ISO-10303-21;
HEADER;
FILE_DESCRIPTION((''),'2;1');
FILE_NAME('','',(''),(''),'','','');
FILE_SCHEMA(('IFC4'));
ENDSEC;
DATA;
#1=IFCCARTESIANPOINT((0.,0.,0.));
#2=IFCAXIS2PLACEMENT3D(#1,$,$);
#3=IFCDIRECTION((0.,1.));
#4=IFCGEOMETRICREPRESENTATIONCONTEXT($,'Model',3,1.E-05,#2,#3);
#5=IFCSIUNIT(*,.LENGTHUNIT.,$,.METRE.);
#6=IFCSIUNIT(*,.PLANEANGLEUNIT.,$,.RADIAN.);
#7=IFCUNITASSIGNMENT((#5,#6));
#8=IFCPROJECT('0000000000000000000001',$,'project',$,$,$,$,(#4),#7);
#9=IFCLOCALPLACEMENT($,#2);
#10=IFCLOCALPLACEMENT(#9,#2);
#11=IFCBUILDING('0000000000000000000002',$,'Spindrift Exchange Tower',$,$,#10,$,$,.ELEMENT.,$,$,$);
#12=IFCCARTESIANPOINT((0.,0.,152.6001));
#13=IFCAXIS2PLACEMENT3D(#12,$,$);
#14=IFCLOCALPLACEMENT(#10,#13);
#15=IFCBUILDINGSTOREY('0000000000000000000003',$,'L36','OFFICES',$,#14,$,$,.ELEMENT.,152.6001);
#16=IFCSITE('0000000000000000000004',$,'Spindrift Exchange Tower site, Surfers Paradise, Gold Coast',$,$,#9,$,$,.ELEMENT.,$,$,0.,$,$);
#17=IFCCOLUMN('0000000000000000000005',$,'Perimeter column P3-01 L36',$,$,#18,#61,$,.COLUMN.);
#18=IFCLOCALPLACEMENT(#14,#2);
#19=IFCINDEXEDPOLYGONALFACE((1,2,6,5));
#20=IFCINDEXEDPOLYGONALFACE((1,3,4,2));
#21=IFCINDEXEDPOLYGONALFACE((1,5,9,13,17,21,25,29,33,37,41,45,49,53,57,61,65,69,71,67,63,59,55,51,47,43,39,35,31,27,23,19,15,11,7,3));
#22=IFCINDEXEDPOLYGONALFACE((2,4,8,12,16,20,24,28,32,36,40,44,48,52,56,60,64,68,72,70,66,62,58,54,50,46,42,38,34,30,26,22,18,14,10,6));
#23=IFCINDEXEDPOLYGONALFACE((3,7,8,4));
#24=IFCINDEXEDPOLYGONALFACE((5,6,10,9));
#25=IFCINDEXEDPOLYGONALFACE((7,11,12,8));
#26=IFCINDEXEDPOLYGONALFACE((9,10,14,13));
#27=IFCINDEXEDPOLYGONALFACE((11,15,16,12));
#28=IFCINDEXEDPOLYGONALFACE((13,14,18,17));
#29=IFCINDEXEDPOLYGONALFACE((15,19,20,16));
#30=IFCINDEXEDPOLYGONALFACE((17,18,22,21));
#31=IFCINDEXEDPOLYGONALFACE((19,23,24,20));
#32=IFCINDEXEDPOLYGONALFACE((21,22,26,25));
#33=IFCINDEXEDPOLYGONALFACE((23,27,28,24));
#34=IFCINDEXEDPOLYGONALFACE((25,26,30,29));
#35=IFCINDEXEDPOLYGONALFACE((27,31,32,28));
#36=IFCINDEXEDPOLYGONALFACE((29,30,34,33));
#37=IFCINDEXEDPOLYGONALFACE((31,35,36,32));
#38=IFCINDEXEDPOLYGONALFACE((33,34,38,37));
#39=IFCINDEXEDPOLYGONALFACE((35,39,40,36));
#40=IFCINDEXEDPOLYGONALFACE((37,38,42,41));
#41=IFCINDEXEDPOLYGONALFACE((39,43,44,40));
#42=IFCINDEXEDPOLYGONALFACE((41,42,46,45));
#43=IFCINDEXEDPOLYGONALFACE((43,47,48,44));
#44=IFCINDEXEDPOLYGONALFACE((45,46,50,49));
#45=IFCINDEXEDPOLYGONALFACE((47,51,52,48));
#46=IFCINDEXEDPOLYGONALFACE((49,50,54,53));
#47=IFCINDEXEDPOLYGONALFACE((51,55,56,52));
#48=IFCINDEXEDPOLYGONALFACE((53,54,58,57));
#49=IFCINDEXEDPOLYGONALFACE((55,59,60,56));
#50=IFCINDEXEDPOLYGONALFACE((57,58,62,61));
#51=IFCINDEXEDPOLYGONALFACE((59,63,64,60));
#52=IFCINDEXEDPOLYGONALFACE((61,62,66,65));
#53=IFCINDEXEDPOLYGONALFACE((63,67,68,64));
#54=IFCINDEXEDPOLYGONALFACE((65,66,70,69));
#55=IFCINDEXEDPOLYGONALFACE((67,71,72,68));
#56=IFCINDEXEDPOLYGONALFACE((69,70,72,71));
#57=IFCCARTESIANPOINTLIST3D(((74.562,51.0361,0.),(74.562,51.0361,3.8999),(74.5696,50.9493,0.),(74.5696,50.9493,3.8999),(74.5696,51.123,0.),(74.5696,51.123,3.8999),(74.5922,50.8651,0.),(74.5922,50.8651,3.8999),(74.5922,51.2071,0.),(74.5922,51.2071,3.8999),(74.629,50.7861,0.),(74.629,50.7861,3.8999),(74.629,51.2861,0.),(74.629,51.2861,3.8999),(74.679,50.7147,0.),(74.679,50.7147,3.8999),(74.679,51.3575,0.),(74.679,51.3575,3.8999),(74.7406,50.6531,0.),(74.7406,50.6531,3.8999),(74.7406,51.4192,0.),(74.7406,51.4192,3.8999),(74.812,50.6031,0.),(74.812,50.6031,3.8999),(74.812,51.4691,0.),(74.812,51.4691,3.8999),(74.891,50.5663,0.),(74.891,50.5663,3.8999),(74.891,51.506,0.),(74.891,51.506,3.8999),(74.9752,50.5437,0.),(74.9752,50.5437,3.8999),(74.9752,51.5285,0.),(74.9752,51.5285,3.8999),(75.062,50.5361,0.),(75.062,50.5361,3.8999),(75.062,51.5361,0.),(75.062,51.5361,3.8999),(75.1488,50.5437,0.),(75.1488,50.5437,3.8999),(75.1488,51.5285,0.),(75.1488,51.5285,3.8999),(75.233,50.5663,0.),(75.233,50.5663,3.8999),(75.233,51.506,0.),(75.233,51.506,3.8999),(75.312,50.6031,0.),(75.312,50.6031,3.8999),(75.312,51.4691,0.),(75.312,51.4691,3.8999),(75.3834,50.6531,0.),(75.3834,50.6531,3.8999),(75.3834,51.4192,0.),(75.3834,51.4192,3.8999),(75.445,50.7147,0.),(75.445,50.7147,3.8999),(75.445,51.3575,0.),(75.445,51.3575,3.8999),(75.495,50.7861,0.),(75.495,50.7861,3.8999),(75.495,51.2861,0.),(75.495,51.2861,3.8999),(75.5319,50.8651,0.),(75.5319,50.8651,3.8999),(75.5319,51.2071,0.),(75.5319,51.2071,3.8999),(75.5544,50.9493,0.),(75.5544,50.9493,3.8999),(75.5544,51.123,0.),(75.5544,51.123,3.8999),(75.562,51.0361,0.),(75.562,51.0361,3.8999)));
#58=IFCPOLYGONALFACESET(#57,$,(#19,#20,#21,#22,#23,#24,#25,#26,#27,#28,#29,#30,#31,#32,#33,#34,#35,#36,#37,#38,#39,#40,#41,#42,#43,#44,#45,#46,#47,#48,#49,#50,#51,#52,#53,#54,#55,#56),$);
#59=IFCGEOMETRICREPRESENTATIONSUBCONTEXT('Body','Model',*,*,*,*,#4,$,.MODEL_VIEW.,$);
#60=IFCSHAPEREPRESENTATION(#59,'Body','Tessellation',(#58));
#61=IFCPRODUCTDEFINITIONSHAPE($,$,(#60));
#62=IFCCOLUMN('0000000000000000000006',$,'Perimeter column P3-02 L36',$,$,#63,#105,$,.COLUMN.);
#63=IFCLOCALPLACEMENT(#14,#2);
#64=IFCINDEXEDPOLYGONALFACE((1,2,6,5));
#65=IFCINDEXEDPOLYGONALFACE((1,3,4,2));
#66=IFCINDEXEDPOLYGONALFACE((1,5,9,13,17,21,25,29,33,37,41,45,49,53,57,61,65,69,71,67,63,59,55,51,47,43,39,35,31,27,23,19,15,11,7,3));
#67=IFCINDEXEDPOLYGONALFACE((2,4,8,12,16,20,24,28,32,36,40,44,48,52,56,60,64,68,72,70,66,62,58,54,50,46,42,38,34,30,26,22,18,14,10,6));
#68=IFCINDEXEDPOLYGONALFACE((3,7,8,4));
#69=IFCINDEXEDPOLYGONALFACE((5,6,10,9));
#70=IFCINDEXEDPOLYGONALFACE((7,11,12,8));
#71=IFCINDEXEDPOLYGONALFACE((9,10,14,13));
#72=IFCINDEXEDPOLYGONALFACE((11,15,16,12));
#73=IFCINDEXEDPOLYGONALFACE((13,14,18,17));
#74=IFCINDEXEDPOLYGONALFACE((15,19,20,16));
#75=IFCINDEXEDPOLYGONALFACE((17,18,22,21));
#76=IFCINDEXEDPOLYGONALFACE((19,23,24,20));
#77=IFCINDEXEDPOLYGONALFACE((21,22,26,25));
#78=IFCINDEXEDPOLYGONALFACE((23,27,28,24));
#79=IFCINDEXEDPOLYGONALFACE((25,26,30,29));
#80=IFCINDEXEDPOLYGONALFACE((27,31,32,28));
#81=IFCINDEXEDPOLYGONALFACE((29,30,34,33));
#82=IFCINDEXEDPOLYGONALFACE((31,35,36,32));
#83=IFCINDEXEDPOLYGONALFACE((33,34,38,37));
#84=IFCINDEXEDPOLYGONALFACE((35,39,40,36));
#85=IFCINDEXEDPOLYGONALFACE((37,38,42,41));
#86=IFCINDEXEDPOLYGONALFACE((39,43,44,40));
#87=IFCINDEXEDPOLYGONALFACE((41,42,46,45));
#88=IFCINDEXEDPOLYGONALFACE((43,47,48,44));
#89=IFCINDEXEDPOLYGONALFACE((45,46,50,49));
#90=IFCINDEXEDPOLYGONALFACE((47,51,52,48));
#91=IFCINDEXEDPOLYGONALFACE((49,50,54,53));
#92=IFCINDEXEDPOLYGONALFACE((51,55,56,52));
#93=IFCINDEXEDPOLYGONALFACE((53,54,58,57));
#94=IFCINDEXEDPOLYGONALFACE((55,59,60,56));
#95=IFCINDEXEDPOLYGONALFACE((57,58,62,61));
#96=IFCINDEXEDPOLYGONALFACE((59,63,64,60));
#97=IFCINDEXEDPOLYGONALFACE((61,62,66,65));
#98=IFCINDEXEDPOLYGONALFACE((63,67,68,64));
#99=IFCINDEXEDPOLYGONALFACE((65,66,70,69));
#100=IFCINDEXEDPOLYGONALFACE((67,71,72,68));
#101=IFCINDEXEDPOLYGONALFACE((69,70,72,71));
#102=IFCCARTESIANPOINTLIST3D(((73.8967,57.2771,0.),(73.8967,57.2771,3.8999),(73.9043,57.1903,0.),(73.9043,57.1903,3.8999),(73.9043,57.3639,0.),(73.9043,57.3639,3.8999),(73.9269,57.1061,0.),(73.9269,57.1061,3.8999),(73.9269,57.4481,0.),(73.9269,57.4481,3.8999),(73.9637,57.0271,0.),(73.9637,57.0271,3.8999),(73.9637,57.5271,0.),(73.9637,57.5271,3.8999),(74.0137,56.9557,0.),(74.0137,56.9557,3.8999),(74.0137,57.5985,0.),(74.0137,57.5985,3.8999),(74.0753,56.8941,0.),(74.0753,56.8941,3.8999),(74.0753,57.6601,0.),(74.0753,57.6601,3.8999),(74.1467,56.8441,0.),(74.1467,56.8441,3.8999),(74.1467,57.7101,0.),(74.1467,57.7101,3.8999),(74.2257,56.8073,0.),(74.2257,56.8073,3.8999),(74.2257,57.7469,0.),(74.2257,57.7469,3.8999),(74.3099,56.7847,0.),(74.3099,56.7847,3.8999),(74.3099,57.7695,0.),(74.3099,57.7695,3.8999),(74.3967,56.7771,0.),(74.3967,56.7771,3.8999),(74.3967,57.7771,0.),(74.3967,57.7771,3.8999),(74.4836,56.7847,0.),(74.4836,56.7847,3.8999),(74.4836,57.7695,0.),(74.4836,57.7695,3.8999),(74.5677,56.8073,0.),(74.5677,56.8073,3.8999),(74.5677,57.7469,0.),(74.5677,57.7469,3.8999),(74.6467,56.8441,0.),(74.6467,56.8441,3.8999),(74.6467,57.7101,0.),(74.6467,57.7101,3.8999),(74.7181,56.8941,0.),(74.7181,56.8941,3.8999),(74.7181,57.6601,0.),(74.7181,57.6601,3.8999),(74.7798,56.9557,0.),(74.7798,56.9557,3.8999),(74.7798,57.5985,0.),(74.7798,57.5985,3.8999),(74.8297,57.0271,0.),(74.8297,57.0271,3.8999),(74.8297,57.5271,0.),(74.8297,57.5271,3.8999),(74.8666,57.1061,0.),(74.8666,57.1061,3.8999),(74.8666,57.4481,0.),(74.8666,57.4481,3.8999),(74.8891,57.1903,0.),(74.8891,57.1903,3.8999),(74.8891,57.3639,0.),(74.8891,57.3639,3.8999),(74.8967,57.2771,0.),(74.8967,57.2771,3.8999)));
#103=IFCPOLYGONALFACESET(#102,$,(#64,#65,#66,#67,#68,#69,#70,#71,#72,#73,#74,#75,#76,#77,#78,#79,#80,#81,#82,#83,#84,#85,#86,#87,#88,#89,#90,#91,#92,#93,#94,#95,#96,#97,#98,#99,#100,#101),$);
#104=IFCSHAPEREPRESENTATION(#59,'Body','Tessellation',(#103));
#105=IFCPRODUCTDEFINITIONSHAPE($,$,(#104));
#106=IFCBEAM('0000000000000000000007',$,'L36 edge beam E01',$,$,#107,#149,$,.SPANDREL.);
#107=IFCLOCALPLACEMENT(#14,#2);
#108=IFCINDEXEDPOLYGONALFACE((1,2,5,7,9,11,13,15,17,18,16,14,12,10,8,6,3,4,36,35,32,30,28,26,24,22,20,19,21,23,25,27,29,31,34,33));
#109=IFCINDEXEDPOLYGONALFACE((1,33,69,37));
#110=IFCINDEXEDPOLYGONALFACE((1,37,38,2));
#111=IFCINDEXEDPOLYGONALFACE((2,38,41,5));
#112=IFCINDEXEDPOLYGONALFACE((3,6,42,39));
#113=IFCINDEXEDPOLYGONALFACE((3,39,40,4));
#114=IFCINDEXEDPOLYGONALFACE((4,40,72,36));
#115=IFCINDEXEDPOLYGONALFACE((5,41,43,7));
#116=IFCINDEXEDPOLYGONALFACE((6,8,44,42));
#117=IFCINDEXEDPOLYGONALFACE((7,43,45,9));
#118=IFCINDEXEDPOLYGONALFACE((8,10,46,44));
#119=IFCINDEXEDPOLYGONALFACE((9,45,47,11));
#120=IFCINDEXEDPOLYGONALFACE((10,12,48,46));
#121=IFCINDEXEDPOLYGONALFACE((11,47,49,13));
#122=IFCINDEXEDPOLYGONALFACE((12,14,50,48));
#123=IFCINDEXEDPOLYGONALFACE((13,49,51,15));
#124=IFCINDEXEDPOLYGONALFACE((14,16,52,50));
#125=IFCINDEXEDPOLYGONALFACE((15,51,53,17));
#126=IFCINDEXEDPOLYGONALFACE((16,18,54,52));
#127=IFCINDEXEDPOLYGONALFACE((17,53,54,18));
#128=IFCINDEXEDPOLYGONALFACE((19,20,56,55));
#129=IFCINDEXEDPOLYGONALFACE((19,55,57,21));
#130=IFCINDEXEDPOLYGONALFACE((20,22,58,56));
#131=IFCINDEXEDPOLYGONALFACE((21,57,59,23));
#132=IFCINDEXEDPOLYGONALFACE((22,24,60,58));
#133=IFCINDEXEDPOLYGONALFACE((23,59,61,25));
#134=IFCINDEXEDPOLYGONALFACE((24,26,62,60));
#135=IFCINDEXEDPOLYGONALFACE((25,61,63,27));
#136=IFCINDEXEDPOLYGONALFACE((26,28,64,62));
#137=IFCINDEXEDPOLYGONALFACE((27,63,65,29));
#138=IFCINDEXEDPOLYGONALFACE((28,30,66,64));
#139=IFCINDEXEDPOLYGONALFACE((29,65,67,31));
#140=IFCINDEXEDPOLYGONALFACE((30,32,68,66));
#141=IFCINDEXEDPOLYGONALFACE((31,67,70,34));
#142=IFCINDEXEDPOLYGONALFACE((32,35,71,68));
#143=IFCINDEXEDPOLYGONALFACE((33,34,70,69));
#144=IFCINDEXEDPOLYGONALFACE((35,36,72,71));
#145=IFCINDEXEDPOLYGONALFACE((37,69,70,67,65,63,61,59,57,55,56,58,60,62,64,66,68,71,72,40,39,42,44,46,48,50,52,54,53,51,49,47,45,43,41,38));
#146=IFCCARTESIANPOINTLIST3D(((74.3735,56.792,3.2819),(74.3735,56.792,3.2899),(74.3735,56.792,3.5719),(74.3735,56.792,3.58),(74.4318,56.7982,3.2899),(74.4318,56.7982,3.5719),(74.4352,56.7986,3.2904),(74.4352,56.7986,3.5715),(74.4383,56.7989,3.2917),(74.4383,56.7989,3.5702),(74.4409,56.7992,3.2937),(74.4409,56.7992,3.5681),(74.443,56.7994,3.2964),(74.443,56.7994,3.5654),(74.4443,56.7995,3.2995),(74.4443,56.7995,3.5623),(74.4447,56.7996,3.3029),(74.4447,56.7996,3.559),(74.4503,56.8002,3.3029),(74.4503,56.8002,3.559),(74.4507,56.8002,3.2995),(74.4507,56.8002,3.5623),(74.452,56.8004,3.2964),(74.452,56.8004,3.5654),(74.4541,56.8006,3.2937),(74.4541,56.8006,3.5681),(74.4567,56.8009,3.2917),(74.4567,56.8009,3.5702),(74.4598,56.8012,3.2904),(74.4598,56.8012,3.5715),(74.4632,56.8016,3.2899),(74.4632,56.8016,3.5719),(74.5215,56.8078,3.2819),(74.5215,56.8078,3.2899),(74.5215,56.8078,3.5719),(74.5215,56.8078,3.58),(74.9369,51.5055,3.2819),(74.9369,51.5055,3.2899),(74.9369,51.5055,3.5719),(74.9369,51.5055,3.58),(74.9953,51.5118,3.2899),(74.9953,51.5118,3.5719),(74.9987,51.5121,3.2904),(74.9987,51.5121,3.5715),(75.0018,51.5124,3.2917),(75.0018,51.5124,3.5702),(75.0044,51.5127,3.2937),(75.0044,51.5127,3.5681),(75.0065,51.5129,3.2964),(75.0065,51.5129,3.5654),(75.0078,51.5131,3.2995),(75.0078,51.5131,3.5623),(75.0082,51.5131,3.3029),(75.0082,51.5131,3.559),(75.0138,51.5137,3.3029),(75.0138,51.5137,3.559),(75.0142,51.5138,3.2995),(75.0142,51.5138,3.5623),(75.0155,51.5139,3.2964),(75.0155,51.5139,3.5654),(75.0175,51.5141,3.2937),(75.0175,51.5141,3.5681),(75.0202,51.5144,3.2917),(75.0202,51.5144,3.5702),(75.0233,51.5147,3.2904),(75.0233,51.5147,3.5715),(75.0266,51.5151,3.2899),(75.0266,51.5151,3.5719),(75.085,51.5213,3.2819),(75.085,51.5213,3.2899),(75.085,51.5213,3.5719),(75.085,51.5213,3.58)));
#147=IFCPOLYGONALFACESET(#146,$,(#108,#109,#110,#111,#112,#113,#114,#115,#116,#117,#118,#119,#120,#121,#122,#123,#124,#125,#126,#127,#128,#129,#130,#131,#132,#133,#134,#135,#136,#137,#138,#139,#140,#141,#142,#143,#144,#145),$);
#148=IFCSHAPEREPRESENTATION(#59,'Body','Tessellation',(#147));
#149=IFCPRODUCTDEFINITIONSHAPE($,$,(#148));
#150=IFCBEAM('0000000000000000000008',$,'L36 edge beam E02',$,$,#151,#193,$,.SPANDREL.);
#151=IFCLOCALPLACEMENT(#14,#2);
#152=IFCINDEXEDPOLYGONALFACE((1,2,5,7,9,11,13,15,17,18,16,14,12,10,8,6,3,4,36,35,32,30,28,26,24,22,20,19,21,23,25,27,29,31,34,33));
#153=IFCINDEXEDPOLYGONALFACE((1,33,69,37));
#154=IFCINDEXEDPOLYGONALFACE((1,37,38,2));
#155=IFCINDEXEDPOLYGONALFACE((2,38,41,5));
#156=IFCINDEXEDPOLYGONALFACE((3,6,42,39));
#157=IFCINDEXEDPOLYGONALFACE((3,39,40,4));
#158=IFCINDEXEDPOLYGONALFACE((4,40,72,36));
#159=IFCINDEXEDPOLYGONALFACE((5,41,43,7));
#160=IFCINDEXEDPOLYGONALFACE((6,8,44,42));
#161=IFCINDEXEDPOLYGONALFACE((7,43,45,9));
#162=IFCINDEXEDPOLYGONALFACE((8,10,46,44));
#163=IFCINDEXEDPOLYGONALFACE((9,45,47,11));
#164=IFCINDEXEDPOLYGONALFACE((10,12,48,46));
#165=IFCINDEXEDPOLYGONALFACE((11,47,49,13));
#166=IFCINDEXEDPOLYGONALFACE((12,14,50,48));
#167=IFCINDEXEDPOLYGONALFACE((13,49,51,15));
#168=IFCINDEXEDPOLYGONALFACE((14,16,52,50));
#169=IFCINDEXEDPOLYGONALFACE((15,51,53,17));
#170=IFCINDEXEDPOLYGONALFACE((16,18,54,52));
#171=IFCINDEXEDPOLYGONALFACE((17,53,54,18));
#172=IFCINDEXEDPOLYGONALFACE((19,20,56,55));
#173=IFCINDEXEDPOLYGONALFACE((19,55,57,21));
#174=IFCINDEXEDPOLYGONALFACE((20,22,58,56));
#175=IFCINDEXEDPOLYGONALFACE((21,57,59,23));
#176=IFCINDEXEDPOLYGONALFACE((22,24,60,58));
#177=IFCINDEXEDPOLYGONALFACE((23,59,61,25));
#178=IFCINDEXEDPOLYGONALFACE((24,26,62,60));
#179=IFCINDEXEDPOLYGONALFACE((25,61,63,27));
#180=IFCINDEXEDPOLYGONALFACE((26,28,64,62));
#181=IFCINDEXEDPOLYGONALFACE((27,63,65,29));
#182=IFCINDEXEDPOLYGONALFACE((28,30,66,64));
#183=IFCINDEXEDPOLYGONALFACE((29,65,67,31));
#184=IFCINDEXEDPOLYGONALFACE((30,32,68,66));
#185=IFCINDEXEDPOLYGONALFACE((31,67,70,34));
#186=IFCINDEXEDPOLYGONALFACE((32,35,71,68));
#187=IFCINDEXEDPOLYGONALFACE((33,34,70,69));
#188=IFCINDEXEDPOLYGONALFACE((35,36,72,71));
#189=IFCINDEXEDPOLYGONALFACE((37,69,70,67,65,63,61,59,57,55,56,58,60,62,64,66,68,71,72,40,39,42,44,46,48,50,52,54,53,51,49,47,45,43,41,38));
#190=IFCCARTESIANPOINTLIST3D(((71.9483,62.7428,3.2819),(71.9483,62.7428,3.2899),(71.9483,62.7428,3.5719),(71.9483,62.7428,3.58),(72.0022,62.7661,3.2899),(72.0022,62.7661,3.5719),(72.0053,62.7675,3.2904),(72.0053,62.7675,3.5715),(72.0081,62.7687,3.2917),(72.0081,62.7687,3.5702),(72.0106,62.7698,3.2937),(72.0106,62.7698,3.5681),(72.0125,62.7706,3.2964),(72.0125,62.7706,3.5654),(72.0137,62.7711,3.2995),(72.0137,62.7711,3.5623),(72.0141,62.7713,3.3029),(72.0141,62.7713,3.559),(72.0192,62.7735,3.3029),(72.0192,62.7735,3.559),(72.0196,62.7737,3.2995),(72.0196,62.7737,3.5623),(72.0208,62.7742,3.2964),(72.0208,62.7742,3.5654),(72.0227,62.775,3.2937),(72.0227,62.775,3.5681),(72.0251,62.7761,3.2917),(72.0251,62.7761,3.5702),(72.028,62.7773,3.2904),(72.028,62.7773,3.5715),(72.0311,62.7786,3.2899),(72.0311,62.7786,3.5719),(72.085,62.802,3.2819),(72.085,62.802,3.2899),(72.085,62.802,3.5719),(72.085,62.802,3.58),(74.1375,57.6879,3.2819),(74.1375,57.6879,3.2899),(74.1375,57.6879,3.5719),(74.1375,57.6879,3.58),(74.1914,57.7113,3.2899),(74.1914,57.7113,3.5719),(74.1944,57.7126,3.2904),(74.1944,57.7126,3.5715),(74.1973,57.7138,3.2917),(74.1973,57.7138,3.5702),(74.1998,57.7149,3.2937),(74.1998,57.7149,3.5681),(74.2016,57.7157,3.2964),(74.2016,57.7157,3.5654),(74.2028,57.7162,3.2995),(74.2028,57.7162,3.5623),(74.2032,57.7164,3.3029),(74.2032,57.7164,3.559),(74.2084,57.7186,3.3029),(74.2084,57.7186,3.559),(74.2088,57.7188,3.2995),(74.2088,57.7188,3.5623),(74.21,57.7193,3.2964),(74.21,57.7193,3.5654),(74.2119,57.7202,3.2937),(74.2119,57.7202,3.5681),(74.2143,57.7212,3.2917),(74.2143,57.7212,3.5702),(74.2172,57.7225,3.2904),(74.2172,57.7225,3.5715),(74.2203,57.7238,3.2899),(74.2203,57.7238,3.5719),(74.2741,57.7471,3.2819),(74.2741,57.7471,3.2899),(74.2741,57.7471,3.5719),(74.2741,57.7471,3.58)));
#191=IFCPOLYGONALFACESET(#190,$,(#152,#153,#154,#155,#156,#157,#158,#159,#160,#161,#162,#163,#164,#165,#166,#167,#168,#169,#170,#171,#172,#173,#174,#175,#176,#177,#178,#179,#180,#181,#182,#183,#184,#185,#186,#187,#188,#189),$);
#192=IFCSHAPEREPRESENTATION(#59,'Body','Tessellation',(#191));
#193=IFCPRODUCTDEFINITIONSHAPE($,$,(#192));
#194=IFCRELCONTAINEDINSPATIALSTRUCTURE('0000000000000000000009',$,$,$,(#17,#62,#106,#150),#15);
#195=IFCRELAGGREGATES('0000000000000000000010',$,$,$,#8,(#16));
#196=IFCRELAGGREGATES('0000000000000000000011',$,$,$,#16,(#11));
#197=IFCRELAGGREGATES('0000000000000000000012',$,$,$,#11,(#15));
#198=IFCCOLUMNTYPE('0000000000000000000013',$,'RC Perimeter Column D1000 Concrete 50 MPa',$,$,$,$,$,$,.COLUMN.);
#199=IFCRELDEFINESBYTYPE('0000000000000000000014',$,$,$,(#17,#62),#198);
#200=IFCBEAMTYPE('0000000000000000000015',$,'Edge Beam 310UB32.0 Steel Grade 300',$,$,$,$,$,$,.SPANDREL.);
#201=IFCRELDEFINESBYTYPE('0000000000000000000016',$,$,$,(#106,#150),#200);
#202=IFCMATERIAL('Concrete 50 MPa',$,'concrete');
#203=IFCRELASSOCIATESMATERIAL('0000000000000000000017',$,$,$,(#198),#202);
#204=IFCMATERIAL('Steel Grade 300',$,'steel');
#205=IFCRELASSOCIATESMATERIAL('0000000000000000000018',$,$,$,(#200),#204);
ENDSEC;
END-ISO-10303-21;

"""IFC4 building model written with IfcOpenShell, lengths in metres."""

from ifc_helpers import new_model, si_unit, direction, frame, origin, origin_2d, place, context, subcontext, project, spatial, circle, i_section, extrude, source, transform, mapped, material, material_profile, profile_set, type_object, element, save


model = new_model("IFC4")

# Units and contexts
model_context = context("Model", 3, precision=1e-05, world=origin(), true_north=direction((0.0, 1.0)))
body_context = subcontext(model_context, "Body", "Model", "MODEL_VIEW")
ifc_project = project(units=[si_unit("LENGTHUNIT", "METRE"), si_unit("PLANEANGLEUNIT", "RADIAN")], contexts=[model_context])

# Site, building, storey
site_placement = place(None, origin())
site = spatial("IfcSite", under=ifc_project, at=site_placement, Name="Spindrift Exchange Tower site, Surfers Paradise, Gold Coast", CompositionType="ELEMENT", RefElevation=0.0)
building_placement = place(site_placement, origin())
building = spatial("IfcBuilding", under=site, at=building_placement, Name="Spindrift Exchange Tower", CompositionType="ELEMENT")
storey_placement = place(building_placement, frame((0.0, 0.0, 152.6001)))
storey = spatial("IfcBuildingStorey", under=building, at=storey_placement, Name="L36", Description="OFFICES", CompositionType="ELEMENT", Elevation=152.6001)

# Columns
ifc_material_1 = material(Name="Concrete 50 MPa", Category="concrete")
ifc_material_profile_1 = material_profile(ifc_material_1, circle(Radius=0.5, at=origin_2d()), Name="RC D1000")
ifc_profile_set_1 = profile_set([ifc_material_profile_1], Name="Concrete 50 MPa")
column_type = type_object("IfcColumnType", Name="RC Perimeter Column D1000 Concrete 50 MPa", PredefinedType="COLUMN", material=ifc_profile_set_1)
shared_shape_1 = source(origin(), body_context, "Body", "SweptSolid", [
    extrude(circle(Radius=0.5, at=origin_2d()), origin(), (0.0, 0.0, 1.0), 3.8999),
])
for number, where, z_axis, x_axis, name in (
    (1, (75.062, 51.0361, 0.0), (0.0, 0.0, 1.0), (1.0, 0.0, 0.0), "Perimeter column P3-01 L36"),
    (2, (74.3967, 57.2771, 0.0), (0.0, 0.0, 1.0), (1.0, 0.0, 0.0), "Perimeter column P3-02 L36"),
):
    element("IfcColumn", number, at=place(storey_placement, frame(where, z_axis=z_axis, x_axis=x_axis)), inside=storey, type_object=column_type, Name=name, PredefinedType="COLUMN", context=body_context, shape_type="MappedRepresentation", body=[
        mapped(shared_shape_1, transform((0.0, 0.0, 0.0), scale=1.0)),
    ])

# Beams
ifc_material_2 = material(Name="Steel Grade 300", Category="steel")
ifc_material_profile_2 = material_profile(ifc_material_2, i_section(OverallWidth=0.1489, OverallDepth=0.2981, WebThickness=0.0056, FlangeThickness=0.0081, FilletRadius=0.0129, at=origin_2d()), Name="310UB32.0")
ifc_profile_set_2 = profile_set([ifc_material_profile_2], Name="Steel Grade 300")
beam_type_1 = type_object("IfcBeamType", Name="Edge Beam 310UB32.0 Steel Grade 300", PredefinedType="SPANDREL", material=ifc_profile_set_2)
shared_shape_2 = source(origin(), body_context, "Body", "SweptSolid", [
    extrude(i_section(OverallWidth=0.1489, OverallDepth=0.2981, WebThickness=0.0056, FlangeThickness=0.0081, FilletRadius=0.0129, at=origin_2d()), origin(), (0.0, 0.0, 1.0), 5.3164),
])
beam_1_placement = place(storey_placement, frame((75.011, 51.5134, 3.4309), z_axis=(-0.10599, 0.994367, 0.0), x_axis=(-0.994367, -0.10599, 0.0)))
element("IfcBeam", 3, at=beam_1_placement, inside=storey, type_object=beam_type_1, Name="L36 edge beam E01", PredefinedType="SPANDREL", context=body_context, shape_type="MappedRepresentation", body=[
    mapped(shared_shape_2, transform((0.0, 0.0, 0.0), scale=1.0)),
])
shared_shape_3 = source(origin(), body_context, "Body", "SweptSolid", [
    extrude(i_section(OverallWidth=0.1489, OverallDepth=0.2981, WebThickness=0.0056, FlangeThickness=0.0081, FilletRadius=0.0129, at=origin_2d()), origin(), (0.0, 0.0, 1.0), 5.5085),
])
beam_2_placement = place(storey_placement, frame((74.2058, 57.7175, 3.4309), z_axis=(-0.397415, 0.917639, 0.0), x_axis=(-0.917639, -0.397415, 0.0)))
element("IfcBeam", 4, at=beam_2_placement, inside=storey, type_object=beam_type_1, Name="L36 edge beam E02", PredefinedType="SPANDREL", context=body_context, shape_type="MappedRepresentation", body=[
    mapped(shared_shape_3, transform((0.0, 0.0, 0.0), scale=1.0)),
])

save(model, "model.ifc")
